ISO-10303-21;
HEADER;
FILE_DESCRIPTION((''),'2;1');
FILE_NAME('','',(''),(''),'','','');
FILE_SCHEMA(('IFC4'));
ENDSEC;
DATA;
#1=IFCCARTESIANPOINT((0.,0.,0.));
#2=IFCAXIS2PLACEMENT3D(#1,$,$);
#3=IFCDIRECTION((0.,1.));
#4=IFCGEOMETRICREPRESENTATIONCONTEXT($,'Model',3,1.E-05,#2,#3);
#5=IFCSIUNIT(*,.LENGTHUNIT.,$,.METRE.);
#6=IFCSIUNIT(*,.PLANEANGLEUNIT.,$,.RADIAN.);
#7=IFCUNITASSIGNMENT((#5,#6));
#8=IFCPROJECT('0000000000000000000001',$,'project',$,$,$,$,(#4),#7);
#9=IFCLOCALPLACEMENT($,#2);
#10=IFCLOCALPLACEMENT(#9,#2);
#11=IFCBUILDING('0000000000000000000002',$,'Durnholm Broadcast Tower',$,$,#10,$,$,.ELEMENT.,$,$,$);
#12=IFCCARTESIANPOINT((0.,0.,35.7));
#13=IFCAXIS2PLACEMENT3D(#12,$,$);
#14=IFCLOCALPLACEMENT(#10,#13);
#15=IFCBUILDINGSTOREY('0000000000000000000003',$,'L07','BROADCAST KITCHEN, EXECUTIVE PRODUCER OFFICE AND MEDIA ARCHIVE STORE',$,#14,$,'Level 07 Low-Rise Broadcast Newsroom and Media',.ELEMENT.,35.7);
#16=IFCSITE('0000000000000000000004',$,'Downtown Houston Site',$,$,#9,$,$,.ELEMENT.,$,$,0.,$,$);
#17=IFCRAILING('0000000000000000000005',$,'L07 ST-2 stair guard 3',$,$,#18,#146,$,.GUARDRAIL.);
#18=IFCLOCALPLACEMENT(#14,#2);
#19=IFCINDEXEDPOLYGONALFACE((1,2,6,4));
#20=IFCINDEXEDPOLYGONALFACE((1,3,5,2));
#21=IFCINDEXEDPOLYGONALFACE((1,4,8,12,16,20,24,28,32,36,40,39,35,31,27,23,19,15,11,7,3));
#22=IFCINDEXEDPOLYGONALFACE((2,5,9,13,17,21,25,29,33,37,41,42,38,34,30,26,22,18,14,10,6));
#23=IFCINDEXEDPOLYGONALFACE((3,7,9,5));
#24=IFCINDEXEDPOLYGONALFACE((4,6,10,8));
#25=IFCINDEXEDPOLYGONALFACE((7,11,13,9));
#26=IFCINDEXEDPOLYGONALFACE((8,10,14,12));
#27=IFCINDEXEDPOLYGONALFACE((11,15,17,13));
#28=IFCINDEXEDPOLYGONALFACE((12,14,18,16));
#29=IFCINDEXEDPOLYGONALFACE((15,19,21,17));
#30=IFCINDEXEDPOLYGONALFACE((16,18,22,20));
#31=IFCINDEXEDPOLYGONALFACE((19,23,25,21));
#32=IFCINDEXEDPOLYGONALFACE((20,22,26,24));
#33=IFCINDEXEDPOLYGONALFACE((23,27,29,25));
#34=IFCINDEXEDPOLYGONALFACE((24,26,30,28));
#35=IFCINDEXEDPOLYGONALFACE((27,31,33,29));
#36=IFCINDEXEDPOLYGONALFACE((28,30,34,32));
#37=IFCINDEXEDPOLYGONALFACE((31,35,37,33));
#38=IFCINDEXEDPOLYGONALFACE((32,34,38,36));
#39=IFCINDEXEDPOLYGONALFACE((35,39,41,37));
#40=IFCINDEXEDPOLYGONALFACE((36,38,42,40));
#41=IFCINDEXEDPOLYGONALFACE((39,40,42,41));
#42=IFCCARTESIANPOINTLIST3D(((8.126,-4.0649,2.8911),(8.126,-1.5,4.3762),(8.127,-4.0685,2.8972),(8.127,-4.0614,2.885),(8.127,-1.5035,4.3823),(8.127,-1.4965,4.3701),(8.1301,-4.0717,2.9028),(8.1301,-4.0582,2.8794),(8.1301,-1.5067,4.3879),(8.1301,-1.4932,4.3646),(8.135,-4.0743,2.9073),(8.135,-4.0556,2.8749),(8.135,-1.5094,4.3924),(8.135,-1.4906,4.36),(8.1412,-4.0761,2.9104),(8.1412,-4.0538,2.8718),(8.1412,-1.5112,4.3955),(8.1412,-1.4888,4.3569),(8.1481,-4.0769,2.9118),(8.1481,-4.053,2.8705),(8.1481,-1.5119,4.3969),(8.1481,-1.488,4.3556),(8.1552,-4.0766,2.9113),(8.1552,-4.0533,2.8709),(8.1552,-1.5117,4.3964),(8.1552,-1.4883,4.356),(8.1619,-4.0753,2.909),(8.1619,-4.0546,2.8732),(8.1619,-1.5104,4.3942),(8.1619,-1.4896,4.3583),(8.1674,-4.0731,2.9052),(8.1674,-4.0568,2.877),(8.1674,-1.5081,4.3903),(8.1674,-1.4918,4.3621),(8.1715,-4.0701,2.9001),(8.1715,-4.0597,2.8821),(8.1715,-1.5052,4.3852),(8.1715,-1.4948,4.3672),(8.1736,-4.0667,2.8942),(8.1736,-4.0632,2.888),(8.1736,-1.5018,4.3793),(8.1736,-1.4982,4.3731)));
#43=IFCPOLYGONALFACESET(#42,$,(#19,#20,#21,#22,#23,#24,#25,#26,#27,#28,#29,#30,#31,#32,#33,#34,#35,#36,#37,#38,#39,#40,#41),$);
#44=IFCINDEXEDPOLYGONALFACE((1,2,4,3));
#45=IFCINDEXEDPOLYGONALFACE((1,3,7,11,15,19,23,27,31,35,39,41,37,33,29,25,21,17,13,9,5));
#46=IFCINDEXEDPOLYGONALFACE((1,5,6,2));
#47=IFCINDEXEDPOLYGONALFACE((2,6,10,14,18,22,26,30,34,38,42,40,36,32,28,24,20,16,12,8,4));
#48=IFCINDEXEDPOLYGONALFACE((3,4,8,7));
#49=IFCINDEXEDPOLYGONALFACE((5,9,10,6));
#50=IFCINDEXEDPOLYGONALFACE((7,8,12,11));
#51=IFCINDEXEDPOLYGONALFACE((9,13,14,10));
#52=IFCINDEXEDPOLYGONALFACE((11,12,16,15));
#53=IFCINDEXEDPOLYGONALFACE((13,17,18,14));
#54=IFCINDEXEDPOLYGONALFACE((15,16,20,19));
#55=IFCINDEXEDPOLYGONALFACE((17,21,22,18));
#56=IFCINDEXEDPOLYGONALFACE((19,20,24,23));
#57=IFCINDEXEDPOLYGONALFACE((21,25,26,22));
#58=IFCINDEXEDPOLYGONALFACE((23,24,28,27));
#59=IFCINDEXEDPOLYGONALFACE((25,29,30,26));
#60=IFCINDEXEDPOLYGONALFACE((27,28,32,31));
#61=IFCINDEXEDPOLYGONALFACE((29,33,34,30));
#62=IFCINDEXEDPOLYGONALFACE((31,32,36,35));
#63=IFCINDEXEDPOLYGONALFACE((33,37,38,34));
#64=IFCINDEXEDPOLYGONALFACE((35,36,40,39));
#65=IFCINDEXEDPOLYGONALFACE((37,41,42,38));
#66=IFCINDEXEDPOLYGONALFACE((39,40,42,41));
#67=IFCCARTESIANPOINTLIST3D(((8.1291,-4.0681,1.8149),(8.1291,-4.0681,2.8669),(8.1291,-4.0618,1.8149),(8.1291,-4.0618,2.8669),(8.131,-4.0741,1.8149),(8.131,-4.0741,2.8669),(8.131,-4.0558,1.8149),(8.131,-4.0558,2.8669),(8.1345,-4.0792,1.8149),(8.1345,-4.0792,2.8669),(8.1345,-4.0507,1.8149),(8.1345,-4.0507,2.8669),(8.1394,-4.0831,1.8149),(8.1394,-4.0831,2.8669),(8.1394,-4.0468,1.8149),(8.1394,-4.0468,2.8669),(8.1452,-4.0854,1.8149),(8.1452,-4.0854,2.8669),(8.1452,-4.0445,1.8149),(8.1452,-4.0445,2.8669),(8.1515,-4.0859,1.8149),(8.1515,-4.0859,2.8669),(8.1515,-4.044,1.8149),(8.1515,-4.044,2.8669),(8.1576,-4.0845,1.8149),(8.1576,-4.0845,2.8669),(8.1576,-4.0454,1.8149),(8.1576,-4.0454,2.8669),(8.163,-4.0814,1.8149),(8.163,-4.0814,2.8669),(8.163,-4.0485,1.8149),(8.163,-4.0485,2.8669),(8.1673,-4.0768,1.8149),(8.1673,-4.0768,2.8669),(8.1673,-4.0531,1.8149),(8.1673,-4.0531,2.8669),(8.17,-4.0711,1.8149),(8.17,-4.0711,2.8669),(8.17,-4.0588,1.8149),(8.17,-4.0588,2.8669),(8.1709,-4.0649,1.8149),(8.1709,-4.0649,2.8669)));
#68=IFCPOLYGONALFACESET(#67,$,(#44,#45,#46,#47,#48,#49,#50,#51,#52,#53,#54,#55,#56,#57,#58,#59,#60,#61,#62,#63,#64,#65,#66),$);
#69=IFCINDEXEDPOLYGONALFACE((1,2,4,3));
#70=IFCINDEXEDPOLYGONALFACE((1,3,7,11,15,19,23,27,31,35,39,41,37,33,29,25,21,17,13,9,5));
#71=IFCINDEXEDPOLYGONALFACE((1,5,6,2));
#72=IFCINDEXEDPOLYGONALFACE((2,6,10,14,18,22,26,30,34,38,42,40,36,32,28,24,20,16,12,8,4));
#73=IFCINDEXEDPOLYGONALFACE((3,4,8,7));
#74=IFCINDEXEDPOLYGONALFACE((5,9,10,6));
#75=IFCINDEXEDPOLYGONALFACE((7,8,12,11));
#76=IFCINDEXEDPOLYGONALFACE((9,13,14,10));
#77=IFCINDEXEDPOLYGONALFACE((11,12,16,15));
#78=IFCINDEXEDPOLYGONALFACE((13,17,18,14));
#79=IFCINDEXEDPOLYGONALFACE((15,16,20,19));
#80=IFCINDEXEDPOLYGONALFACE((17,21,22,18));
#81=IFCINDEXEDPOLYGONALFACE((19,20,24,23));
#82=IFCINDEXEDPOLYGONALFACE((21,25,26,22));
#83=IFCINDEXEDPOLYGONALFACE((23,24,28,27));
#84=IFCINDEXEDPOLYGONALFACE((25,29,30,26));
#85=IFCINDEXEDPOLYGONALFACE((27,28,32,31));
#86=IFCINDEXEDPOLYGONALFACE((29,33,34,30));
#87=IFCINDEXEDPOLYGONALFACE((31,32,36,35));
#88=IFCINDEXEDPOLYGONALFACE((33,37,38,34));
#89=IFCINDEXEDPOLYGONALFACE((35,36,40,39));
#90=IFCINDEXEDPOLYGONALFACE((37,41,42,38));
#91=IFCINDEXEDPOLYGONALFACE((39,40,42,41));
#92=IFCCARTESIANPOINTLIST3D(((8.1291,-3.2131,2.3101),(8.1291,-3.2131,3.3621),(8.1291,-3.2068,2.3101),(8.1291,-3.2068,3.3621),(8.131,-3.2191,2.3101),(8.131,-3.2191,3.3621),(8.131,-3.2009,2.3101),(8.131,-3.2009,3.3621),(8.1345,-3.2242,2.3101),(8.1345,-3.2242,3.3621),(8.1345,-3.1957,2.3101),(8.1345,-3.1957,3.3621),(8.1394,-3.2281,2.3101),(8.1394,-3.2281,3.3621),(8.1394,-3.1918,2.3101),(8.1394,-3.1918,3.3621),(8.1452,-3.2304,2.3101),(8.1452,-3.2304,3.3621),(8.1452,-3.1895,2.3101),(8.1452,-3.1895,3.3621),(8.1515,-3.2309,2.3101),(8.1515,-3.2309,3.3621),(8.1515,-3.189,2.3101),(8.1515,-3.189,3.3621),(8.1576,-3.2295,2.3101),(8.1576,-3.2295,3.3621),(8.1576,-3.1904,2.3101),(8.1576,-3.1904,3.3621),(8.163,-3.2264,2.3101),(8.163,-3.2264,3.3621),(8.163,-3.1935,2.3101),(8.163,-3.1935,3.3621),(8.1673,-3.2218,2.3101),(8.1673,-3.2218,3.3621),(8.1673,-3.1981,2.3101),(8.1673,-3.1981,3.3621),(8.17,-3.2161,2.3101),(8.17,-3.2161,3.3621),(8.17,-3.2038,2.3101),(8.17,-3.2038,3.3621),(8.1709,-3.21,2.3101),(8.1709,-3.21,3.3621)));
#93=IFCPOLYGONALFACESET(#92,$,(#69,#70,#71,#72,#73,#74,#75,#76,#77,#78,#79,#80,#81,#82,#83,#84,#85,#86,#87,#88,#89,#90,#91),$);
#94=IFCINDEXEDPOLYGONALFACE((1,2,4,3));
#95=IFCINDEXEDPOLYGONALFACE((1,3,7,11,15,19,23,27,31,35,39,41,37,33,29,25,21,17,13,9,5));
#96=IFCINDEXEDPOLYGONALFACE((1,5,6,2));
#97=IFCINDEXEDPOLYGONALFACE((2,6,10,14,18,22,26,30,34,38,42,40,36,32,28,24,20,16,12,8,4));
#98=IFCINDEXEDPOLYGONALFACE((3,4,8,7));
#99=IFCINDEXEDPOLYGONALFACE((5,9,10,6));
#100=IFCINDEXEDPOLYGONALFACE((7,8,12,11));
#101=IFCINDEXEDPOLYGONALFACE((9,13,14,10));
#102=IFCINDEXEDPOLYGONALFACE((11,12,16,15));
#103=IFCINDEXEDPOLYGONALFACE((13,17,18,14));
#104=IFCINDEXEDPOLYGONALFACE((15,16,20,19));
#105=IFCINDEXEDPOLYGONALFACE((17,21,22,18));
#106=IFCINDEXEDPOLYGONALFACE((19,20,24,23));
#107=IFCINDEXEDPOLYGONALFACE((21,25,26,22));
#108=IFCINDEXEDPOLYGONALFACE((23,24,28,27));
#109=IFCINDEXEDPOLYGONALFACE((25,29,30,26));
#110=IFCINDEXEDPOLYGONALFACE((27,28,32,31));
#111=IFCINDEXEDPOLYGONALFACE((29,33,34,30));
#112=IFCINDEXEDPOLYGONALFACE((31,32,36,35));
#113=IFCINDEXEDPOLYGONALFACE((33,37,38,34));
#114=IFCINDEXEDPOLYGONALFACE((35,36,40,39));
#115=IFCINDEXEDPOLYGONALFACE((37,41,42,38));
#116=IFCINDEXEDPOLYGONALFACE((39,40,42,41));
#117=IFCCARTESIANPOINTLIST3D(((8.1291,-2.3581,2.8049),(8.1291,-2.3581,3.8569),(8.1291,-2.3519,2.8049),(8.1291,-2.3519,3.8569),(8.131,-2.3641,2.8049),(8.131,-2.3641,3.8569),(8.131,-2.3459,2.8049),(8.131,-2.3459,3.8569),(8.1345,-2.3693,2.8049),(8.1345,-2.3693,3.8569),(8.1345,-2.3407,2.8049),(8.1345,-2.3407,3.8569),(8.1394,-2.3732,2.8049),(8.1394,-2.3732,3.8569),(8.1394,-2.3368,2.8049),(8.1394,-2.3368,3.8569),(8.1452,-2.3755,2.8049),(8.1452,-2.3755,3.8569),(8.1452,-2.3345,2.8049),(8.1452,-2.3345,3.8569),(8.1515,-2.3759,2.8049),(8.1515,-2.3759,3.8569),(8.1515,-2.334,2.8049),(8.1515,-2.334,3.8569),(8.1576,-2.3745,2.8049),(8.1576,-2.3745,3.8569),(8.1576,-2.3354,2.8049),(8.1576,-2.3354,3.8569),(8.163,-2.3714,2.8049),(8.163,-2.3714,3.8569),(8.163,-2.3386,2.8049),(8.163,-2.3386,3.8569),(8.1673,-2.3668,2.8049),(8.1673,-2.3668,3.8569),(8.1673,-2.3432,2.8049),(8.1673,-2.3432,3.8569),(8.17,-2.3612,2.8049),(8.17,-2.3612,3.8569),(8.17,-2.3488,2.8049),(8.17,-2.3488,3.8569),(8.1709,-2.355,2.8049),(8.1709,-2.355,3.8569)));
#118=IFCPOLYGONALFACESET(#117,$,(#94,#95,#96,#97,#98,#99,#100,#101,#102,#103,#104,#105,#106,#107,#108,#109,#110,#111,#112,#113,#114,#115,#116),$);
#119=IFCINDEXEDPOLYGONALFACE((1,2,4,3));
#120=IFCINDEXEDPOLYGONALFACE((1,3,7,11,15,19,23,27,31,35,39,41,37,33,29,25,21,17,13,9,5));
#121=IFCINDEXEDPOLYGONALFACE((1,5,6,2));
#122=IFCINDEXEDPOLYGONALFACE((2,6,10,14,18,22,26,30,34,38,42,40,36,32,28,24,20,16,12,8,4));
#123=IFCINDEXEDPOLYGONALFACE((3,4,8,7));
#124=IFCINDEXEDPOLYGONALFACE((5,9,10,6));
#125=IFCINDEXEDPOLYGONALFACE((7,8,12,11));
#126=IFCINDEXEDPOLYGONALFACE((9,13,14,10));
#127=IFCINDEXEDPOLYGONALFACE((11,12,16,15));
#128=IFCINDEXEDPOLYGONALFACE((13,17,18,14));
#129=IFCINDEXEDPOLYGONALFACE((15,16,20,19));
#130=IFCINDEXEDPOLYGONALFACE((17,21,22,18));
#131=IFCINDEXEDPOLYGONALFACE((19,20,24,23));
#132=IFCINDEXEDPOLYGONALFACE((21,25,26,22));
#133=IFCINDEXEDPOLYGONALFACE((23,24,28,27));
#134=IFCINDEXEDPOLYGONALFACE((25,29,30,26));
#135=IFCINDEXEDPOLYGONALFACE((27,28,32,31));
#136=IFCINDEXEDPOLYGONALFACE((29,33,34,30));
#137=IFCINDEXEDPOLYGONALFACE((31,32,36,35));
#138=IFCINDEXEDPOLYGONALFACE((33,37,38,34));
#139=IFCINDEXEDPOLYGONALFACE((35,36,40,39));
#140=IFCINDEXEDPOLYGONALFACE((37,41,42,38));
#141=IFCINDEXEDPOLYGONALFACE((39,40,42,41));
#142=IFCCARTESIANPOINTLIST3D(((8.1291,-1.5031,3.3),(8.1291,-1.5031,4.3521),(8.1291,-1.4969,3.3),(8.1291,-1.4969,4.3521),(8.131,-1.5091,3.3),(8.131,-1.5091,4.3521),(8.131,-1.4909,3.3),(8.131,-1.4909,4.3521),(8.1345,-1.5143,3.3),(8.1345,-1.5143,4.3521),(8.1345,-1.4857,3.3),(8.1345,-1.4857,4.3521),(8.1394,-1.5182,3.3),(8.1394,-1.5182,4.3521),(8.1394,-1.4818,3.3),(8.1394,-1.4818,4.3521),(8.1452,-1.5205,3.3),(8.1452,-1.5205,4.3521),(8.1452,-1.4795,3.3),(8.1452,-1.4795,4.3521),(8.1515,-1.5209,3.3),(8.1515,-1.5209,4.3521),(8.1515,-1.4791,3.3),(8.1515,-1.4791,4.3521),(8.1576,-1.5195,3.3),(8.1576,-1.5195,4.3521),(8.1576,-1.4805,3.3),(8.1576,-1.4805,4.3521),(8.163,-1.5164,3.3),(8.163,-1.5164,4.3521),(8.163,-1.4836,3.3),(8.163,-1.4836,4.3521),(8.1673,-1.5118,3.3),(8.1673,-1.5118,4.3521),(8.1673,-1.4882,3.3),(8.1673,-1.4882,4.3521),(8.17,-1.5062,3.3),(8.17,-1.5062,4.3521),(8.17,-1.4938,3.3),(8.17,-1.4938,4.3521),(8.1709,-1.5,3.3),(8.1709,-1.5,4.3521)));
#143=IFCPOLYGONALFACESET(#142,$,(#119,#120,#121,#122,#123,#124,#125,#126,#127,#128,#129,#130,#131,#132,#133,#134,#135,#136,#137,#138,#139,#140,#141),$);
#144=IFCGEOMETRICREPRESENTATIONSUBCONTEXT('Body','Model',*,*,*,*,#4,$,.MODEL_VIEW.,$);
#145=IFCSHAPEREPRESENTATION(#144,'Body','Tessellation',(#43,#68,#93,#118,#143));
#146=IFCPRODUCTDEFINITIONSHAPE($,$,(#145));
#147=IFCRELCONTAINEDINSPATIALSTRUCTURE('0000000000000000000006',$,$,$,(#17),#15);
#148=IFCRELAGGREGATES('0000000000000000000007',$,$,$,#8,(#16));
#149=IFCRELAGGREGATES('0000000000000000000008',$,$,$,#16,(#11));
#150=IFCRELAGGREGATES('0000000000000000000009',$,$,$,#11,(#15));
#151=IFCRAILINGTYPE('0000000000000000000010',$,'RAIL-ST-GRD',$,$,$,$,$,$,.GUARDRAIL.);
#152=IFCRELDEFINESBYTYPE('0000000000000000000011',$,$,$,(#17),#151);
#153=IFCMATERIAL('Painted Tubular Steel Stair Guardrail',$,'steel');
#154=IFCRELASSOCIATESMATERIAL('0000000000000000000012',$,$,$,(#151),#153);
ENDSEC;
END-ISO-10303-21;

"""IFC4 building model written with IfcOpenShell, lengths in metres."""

from ifc_helpers import new_model, si_unit, direction, frame, origin, origin_2d, place, context, subcontext, project, spatial, circle, extrude, material, type_object, element, save


model = new_model("IFC4")

# Units and contexts
model_context = context("Model", 3, precision=1e-05, world=origin(), true_north=direction((0.0, 1.0)))
body_context = subcontext(model_context, "Body", "Model", "MODEL_VIEW")
ifc_project = project(units=[si_unit("LENGTHUNIT", "METRE"), si_unit("PLANEANGLEUNIT", "RADIAN")], contexts=[model_context])

# Site, building, storey
site_placement = place(None, origin())
site = spatial("IfcSite", under=ifc_project, at=site_placement, Name="Downtown Houston Site", CompositionType="ELEMENT", RefElevation=0.0)
building_placement = place(site_placement, origin())
building = spatial("IfcBuilding", under=site, at=building_placement, Name="Durnholm Broadcast Tower", CompositionType="ELEMENT")
storey_placement = place(building_placement, frame((0.0, 0.0, 35.7)))
storey = spatial("IfcBuildingStorey", under=building, at=storey_placement, Name="L07", Description="BROADCAST KITCHEN, EXECUTIVE PRODUCER OFFICE AND MEDIA ARCHIVE STORE", LongName="Level 07 Low-Rise Broadcast Newsroom and Media", CompositionType="ELEMENT", Elevation=35.7)

# Railing
ifc_material_1 = material(Name="Painted Tubular Steel Stair Guardrail", Category="steel")
railing_type_1 = type_object("IfcRailingType", Name="RAIL-ST-GRD", PredefinedType="GUARDRAIL", material=ifc_material_1)
railing_1_placement = place(storey_placement, frame((8.1499, -4.0649, 1.8149)))
element("IfcRailing", 1, at=railing_1_placement, inside=storey, type_object=railing_type_1, Name="L07 ST-2 stair guard 3", PredefinedType="GUARDRAIL", context=body_context, shape_type="SweptSolid", body=[
    extrude(circle(Radius=0.0239, at=origin_2d()), frame((0.0, 0.0, 1.0762), z_axis=(0.0, 0.865406, 0.501072), x_axis=(-1.0, 0.0, 0.0)), (0.0, 0.0, 1.0), 2.9639),
    extrude(circle(Radius=0.021, at=origin_2d()), origin(), (0.0, 0.0, 1.0), 1.052),
    extrude(circle(Radius=0.021, at=origin_2d()), frame((0.0, 0.855, 0.4951)), (0.0, 0.0, 1.0), 1.052),
    extrude(circle(Radius=0.021, at=origin_2d()), frame((0.0, 1.71, 0.99)), (0.0, 0.0, 1.0), 1.052),
    extrude(circle(Radius=0.021, at=origin_2d()), frame((0.0, 2.5649, 1.4851)), (0.0, 0.0, 1.0), 1.052),
])

save(model, "model.ifc")
